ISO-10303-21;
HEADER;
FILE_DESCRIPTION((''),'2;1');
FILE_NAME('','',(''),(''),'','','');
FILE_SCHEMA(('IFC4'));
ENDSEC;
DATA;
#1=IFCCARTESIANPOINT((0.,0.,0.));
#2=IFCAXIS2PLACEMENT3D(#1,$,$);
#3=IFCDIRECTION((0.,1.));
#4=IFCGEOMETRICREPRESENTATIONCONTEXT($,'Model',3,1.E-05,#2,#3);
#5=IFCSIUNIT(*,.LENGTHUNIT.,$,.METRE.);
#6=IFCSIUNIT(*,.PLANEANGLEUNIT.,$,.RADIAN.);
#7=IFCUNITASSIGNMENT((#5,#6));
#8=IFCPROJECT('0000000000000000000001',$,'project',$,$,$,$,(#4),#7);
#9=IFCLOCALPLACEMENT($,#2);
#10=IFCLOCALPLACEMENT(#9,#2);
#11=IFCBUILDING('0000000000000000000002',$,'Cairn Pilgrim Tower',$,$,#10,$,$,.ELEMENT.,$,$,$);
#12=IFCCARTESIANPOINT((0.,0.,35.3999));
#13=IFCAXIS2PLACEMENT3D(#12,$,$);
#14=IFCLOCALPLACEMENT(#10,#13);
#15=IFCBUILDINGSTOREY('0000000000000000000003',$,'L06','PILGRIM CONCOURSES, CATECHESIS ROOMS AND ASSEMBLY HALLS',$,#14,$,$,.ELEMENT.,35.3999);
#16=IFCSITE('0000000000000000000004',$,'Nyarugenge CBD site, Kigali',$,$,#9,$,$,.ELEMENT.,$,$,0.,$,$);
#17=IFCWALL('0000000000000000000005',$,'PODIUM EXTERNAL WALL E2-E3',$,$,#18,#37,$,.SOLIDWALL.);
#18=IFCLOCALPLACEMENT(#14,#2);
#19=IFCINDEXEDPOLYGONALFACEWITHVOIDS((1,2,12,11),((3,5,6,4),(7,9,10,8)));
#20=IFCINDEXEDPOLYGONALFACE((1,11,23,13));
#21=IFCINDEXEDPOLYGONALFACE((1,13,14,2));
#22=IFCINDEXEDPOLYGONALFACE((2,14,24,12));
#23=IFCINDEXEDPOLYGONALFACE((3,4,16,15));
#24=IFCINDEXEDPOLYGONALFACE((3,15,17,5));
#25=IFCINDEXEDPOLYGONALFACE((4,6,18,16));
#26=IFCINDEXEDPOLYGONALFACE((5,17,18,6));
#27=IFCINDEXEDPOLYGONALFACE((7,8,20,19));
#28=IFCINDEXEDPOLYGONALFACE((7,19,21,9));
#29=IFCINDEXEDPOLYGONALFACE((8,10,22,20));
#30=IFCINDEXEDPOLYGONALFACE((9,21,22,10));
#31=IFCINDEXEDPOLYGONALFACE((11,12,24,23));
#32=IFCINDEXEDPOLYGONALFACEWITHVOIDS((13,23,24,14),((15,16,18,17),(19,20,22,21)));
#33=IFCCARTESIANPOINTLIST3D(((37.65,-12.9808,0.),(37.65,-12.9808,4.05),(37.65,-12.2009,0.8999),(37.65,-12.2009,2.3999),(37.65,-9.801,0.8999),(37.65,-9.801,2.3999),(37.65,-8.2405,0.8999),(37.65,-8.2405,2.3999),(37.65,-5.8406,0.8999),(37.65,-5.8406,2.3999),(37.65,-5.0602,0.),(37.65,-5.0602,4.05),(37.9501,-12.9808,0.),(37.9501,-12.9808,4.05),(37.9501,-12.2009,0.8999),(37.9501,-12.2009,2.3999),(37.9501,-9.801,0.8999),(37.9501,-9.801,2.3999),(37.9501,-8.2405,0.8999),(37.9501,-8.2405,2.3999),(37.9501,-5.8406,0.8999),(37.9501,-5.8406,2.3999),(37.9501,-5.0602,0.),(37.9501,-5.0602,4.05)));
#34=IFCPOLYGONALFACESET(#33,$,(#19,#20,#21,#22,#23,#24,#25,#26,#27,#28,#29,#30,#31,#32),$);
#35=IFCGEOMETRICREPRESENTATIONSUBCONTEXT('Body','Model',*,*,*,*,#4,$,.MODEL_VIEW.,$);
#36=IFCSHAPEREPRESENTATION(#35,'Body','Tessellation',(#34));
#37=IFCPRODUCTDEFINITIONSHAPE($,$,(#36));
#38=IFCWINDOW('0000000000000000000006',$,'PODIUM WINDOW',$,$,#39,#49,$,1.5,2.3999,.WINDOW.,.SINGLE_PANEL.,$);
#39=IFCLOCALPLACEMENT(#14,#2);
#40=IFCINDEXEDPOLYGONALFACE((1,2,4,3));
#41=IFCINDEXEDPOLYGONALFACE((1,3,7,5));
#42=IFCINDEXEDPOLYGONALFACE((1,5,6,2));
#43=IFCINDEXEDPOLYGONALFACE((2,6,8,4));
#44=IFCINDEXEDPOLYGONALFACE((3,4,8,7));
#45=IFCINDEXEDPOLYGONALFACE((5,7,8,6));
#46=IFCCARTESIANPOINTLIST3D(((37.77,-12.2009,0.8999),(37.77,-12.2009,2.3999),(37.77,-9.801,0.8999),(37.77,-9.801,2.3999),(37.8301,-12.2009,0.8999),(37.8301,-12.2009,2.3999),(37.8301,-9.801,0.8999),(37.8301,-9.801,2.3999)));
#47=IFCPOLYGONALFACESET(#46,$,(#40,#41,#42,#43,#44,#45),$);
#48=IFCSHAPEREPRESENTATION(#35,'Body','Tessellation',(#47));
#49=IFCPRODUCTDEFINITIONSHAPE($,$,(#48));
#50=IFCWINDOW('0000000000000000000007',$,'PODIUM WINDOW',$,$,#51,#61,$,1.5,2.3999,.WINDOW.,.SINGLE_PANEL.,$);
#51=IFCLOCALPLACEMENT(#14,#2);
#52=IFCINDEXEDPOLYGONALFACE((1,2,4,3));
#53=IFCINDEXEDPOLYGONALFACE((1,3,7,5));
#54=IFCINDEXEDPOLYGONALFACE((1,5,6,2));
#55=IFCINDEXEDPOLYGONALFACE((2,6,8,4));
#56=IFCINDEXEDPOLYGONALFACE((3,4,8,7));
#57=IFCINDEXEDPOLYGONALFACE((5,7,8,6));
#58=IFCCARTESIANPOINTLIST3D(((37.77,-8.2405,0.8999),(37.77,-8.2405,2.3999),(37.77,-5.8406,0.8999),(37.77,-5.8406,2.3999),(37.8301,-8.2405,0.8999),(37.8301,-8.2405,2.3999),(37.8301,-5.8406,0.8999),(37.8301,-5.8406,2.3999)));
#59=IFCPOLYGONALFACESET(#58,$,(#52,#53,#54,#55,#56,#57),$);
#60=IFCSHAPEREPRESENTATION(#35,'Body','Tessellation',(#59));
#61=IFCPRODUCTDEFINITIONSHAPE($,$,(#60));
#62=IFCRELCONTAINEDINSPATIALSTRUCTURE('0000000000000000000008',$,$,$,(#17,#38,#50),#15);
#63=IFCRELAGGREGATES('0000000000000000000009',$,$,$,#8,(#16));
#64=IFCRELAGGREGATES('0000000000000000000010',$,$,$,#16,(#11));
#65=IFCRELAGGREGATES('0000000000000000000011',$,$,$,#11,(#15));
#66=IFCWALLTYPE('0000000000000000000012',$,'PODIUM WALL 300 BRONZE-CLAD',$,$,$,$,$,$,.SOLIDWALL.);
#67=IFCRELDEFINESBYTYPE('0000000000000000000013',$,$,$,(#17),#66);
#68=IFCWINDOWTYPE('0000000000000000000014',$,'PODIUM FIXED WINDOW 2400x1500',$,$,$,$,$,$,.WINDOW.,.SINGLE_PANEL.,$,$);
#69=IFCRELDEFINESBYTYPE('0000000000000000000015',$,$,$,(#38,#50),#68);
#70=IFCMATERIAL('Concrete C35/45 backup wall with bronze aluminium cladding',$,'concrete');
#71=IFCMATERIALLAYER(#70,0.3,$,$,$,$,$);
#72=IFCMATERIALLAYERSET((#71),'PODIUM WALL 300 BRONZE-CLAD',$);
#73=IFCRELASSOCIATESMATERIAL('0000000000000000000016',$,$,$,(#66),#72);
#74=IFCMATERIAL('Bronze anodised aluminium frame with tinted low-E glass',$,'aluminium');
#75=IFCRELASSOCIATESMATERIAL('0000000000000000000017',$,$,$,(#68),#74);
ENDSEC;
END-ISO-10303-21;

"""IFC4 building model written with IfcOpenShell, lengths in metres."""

from ifc_helpers import new_model, si_unit, direction, frame, frame_2d, origin, place, context, subcontext, project, spatial, rectangle, extrude, material, layer, layer_set, type_object, element, fill, save


model = new_model("IFC4")

# Units and contexts
model_context = context("Model", 3, precision=1e-05, world=origin(), true_north=direction((0.0, 1.0)))
body_context = subcontext(model_context, "Body", "Model", "MODEL_VIEW")
ifc_project = project(units=[si_unit("LENGTHUNIT", "METRE"), si_unit("PLANEANGLEUNIT", "RADIAN")], contexts=[model_context])

# Site, building, storey
site_placement = place(None, origin())
site = spatial("IfcSite", under=ifc_project, at=site_placement, Name="Nyarugenge CBD site, Kigali", CompositionType="ELEMENT", RefElevation=0.0)
building_placement = place(site_placement, origin())
building = spatial("IfcBuilding", under=site, at=building_placement, Name="Cairn Pilgrim Tower", CompositionType="ELEMENT")
storey_placement = place(building_placement, frame((0.0, 0.0, 35.3999)))
storey = spatial("IfcBuildingStorey", under=building, at=storey_placement, Name="L06", Description="PILGRIM CONCOURSES, CATECHESIS ROOMS AND ASSEMBLY HALLS", CompositionType="ELEMENT", Elevation=35.3999)

# Wall, openings, windows
ifc_material_1 = material(Name="Concrete C35/45 backup wall with bronze aluminium cladding", Category="concrete")
ifc_layer_1 = layer(ifc_material_1, 0.3)
ifc_layer_set_1 = layer_set([ifc_layer_1], Name="PODIUM WALL 300 BRONZE-CLAD")
wall_type_1 = type_object("IfcWallType", Name="PODIUM WALL 300 BRONZE-CLAD", PredefinedType="SOLIDWALL", material=ifc_layer_set_1)
ifc_material_2 = material(Name="Bronze anodised aluminium frame with tinted low-E glass", Category="aluminium")
window_type = type_object("IfcWindowType", Name="PODIUM FIXED WINDOW 2400x1500", PartitioningType="SINGLE_PANEL", PredefinedType="WINDOW", material=ifc_material_2)
wall_1_placement = place(storey_placement, frame((37.8, -12.981, 0.0), z_axis=(0.0, 0.0, 1.0), x_axis=(0.0, 1.0, 0.0)))
wall_1 = element("IfcWall", 1, at=wall_1_placement, inside=storey, type_object=wall_type_1, Name="PODIUM EXTERNAL WALL E2-E3", PredefinedType="SOLIDWALL", context=body_context, shape_type="SweptSolid", body=[
    extrude(rectangle(XDim=7.9207, YDim=0.3, at=frame_2d((3.9604, 0.0))), origin(), (0.0, 0.0, 1.0), 4.05),
])
opening_1_placement = place(wall_1_placement, frame((0.78, 0.0, 0.8999)))
opening_1 = element("IfcOpeningElement", 2, at=opening_1_placement, cuts=wall_1, PredefinedType="OPENING", context=body_context, shape_type="SweptSolid", body=[
    extrude(rectangle(XDim=2.3999, YDim=1.5, at=frame_2d((1.2, 0.75))), frame((0.0, 0.1602, 0.0), z_axis=(0.0, -1.0, 0.0), x_axis=(1.0, 0.0, 0.0)), (0.0, 0.0, 1.0), 0.3201),
])
opening_2_placement = place(wall_1_placement, frame((4.7405, 0.0, 0.8999)))
opening_2 = element("IfcOpeningElement", 3, at=opening_2_placement, cuts=wall_1, PredefinedType="OPENING", context=body_context, shape_type="SweptSolid", body=[
    extrude(rectangle(XDim=2.3999, YDim=1.5, at=frame_2d((1.2, 0.75))), frame((0.0, 0.1602, 0.0), z_axis=(0.0, -1.0, 0.0), x_axis=(1.0, 0.0, 0.0)), (0.0, 0.0, 1.0), 0.3201),
])
window_1_placement = place(opening_1_placement, origin())
window_1 = element("IfcWindow", 4, at=window_1_placement, inside=storey, type_object=window_type, Name="PODIUM WINDOW", OverallHeight=1.5, OverallWidth=2.3999, PartitioningType="SINGLE_PANEL", PredefinedType="WINDOW", context=body_context, shape_type="SweptSolid", body=[
    extrude(rectangle(XDim=2.3999, YDim=1.5, at=frame_2d((1.2, 0.75))), frame((0.0, 0.03, 0.0), z_axis=(0.0, -1.0, 0.0), x_axis=(1.0, 0.0, 0.0)), (0.0, 0.0, 1.0), 0.0601),
])
fill(opening_1, window_1)
window_2_placement = place(opening_2_placement, origin())
window_2 = element("IfcWindow", 5, at=window_2_placement, inside=storey, type_object=window_type, Name="PODIUM WINDOW", OverallHeight=1.5, OverallWidth=2.3999, PartitioningType="SINGLE_PANEL", PredefinedType="WINDOW", context=body_context, shape_type="SweptSolid", body=[
    extrude(rectangle(XDim=2.3999, YDim=1.5, at=frame_2d((1.2, 0.75))), frame((0.0, 0.03, 0.0), z_axis=(0.0, -1.0, 0.0), x_axis=(1.0, 0.0, 0.0)), (0.0, 0.0, 1.0), 0.0601),
])
fill(opening_2, window_2)

save(model, "model.ifc")
